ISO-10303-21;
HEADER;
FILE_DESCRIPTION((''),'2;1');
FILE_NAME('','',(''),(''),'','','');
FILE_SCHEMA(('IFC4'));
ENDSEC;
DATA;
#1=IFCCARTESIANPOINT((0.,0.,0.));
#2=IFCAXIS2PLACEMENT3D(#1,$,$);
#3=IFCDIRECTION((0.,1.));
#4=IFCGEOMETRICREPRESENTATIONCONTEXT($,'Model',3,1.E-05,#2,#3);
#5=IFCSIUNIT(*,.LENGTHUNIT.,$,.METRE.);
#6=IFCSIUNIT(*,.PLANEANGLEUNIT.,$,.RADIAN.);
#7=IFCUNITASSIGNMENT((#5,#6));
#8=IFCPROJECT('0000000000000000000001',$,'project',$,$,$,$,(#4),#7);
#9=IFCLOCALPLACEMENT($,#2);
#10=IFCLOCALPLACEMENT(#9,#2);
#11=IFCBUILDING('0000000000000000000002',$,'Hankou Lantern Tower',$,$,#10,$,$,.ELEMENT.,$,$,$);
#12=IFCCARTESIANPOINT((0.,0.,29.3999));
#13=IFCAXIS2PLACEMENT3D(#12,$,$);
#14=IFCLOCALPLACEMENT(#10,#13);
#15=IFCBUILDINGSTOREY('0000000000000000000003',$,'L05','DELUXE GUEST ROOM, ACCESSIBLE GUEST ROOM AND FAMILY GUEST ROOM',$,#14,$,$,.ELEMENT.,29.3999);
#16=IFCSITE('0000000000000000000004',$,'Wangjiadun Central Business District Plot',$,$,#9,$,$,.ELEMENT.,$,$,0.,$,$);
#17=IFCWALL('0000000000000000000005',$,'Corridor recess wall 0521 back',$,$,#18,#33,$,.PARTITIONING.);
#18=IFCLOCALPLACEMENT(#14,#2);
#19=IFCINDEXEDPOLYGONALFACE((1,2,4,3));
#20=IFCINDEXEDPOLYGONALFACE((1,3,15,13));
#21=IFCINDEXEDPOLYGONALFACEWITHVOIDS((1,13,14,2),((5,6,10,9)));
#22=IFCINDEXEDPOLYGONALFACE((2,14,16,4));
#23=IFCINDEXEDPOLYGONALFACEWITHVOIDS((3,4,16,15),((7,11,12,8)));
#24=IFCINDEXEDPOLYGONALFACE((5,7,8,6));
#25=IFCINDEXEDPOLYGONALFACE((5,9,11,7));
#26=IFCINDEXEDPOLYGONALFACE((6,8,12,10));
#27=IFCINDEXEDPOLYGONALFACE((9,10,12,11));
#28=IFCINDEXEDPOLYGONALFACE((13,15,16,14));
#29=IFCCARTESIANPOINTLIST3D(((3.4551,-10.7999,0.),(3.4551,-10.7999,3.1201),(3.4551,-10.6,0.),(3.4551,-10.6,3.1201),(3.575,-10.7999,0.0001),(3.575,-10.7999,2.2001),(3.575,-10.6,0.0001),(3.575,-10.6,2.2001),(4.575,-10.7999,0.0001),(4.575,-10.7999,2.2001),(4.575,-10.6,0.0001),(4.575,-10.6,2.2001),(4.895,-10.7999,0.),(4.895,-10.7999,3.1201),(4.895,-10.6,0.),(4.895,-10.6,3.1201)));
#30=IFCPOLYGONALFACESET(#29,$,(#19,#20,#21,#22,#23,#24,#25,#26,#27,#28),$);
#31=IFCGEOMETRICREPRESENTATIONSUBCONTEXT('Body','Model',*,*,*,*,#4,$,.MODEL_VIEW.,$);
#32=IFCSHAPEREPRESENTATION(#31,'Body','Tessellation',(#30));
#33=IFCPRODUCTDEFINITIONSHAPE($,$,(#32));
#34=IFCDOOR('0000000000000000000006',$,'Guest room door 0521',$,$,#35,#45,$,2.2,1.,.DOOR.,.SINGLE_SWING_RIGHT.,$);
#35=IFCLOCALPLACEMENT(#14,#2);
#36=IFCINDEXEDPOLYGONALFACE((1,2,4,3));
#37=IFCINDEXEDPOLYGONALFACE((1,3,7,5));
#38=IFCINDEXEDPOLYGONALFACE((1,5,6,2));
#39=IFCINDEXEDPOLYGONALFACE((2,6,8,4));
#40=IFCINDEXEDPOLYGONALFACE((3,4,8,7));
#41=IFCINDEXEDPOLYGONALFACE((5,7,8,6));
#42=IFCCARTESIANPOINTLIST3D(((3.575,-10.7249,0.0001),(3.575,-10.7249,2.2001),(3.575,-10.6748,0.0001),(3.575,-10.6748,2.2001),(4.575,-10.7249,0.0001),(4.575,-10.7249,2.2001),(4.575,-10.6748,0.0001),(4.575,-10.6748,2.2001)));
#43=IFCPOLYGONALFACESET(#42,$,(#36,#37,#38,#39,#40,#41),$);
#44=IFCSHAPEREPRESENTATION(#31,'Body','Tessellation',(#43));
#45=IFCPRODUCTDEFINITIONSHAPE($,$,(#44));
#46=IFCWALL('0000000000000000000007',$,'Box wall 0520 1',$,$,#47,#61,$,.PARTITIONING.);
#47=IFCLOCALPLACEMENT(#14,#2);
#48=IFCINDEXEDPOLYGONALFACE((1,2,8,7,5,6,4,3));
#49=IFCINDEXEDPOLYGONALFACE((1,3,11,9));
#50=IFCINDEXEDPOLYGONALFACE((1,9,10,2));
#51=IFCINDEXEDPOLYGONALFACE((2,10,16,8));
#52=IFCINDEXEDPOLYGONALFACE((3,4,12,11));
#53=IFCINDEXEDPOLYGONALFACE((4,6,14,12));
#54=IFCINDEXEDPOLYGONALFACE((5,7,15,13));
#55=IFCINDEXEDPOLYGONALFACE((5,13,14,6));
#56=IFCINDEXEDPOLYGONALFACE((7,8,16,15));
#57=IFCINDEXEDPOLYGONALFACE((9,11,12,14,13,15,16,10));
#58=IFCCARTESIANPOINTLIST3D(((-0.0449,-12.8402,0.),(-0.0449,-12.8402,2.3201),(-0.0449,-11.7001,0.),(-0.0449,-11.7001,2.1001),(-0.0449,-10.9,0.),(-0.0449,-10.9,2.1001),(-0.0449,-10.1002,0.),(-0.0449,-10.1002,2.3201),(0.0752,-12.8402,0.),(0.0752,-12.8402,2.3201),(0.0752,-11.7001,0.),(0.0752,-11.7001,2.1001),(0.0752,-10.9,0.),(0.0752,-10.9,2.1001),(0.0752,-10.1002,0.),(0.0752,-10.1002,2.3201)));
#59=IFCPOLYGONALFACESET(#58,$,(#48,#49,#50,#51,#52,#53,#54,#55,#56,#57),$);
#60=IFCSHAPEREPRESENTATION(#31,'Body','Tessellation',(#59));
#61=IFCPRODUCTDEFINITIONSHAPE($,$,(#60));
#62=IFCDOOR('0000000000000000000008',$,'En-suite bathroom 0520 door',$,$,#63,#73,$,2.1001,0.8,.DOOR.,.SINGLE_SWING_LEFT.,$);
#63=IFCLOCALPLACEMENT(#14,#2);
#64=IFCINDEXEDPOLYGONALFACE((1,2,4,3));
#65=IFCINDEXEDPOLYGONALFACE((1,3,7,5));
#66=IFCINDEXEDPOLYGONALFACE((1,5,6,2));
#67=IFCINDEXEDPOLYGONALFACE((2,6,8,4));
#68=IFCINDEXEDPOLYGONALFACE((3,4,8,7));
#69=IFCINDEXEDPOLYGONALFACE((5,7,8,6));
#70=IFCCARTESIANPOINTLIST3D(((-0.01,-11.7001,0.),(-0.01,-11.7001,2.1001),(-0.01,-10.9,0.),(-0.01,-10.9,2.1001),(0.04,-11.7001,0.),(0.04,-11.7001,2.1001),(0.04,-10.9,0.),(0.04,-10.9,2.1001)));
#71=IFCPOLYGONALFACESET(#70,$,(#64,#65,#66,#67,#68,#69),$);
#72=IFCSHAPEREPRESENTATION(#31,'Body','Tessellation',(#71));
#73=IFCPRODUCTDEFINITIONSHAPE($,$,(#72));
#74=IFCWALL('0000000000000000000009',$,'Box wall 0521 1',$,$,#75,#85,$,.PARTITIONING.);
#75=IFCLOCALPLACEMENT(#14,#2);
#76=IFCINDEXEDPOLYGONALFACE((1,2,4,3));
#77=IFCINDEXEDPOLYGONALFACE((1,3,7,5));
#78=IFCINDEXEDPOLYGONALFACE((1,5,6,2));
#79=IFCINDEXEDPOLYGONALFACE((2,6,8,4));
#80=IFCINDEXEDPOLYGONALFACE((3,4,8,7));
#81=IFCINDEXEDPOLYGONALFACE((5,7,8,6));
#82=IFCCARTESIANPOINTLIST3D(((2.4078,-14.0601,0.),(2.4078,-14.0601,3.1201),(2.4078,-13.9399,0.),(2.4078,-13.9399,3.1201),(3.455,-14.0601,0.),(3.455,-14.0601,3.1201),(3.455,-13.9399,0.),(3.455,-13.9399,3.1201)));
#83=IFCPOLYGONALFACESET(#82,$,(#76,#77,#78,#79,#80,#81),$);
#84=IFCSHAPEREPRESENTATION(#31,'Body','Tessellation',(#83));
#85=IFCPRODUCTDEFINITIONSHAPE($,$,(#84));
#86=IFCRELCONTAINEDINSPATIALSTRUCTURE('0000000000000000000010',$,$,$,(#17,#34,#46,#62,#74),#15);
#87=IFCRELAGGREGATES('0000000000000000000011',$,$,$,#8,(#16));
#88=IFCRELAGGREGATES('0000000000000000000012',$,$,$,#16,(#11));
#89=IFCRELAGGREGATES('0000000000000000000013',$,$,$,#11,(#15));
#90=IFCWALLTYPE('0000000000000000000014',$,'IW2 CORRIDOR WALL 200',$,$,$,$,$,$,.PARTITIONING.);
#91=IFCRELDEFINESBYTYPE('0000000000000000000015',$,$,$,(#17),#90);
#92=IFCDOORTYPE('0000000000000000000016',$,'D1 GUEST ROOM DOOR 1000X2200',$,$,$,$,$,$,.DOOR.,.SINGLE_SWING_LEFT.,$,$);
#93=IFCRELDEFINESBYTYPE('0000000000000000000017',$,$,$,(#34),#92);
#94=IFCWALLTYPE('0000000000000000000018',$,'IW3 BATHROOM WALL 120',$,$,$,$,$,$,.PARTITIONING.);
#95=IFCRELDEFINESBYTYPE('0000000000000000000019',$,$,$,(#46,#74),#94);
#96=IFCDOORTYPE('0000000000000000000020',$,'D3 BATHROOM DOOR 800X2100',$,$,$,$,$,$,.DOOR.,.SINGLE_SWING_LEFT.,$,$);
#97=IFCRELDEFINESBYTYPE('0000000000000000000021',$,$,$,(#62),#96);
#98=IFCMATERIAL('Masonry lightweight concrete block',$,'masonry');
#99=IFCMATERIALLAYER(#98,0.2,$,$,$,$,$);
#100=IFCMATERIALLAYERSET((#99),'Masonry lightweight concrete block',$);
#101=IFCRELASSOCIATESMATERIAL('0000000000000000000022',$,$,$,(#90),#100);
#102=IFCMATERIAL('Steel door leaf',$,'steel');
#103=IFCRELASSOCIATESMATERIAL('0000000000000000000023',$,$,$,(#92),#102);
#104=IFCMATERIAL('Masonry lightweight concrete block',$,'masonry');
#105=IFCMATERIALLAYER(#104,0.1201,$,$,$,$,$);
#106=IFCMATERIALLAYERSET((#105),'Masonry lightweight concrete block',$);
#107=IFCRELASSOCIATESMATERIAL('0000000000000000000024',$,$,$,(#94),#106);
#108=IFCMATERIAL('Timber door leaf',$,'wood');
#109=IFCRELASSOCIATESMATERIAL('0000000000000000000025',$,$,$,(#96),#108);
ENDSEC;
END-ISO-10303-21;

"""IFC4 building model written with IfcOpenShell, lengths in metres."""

from ifc_helpers import new_model, si_unit, direction, frame, frame_2d, origin, place, context, subcontext, project, spatial, rectangle, extrude, material, layer, layer_set, type_object, element, fill, save


model = new_model("IFC4")

# Units and contexts
model_context = context("Model", 3, precision=1e-05, world=origin(), true_north=direction((0.0, 1.0)))
body_context = subcontext(model_context, "Body", "Model", "MODEL_VIEW")
ifc_project = project(units=[si_unit("LENGTHUNIT", "METRE"), si_unit("PLANEANGLEUNIT", "RADIAN")], contexts=[model_context])

# Site, building, storey
site_placement = place(None, origin())
site = spatial("IfcSite", under=ifc_project, at=site_placement, Name="Wangjiadun Central Business District Plot", CompositionType="ELEMENT", RefElevation=0.0)
building_placement = place(site_placement, origin())
building = spatial("IfcBuilding", under=site, at=building_placement, Name="Hankou Lantern Tower", CompositionType="ELEMENT")
storey_placement = place(building_placement, frame((0.0, 0.0, 29.3999)))
storey = spatial("IfcBuildingStorey", under=building, at=storey_placement, Name="L05", Description="DELUXE GUEST ROOM, ACCESSIBLE GUEST ROOM AND FAMILY GUEST ROOM", CompositionType="ELEMENT", Elevation=29.3999)

# Walls, openings, doors
ifc_material_1 = material(Name="Masonry lightweight concrete block", Category="masonry")
ifc_layer_1 = layer(ifc_material_1, 0.2)
ifc_layer_set_1 = layer_set([ifc_layer_1], Name="Masonry lightweight concrete block")
wall_type_1 = type_object("IfcWallType", Name="IW2 CORRIDOR WALL 200", PredefinedType="PARTITIONING", material=ifc_layer_set_1)
ifc_material_2 = material(Name="Steel door leaf", Category="steel")
door_type_1 = type_object("IfcDoorType", Name="D1 GUEST ROOM DOOR 1000X2200", OperationType="SINGLE_SWING_LEFT", PredefinedType="DOOR", material=ifc_material_2)
wall_1_placement = place(storey_placement, frame((4.895, -10.7, 0.0), z_axis=(0.0, 0.0, 1.0), x_axis=(-1.0, 0.0, 0.0)))
wall_1 = element("IfcWall", 1, at=wall_1_placement, inside=storey, type_object=wall_type_1, Name="Corridor recess wall 0521 back", PredefinedType="PARTITIONING", context=body_context, shape_type="SweptSolid", body=[
    extrude(rectangle(XDim=1.4399, YDim=0.2, at=frame_2d((0.72, 0.0))), origin(), (0.0, 0.0, 1.0), 3.1201),
])
opening_1_placement = place(wall_1_placement, frame((0.3201, 0.0, 0.0)))
opening_1 = element("IfcOpeningElement", 2, at=opening_1_placement, cuts=wall_1, PredefinedType="OPENING", context=body_context, shape_type="SweptSolid", body=[
    extrude(rectangle(XDim=1.0, YDim=2.2, at=frame_2d((0.5, 1.1001))), frame((0.0, 0.1099, 0.0), z_axis=(0.0, -1.0, 0.0), x_axis=(1.0, 0.0, 0.0)), (0.0, 0.0, 1.0), 0.22),
])
door_1_placement = place(opening_1_placement, origin())
door_1 = element("IfcDoor", 3, at=door_1_placement, inside=storey, type_object=door_type_1, Name="Guest room door 0521", OperationType="SINGLE_SWING_RIGHT", OverallHeight=2.2, OverallWidth=1.0, PredefinedType="DOOR", context=body_context, shape_type="SweptSolid", body=[
    extrude(rectangle(XDim=1.0, YDim=2.2, at=frame_2d((0.5, 1.1001))), frame((0.0, 0.0249, 0.0), z_axis=(0.0, -1.0, 0.0), x_axis=(1.0, 0.0, 0.0)), (0.0, 0.0, 1.0), 0.05),
])
fill(opening_1, door_1)
ifc_material_3 = material(Name="Masonry lightweight concrete block", Category="masonry")
ifc_layer_2 = layer(ifc_material_3, 0.1201)
ifc_layer_set_2 = layer_set([ifc_layer_2], Name="Masonry lightweight concrete block")
wall_type_2 = type_object("IfcWallType", Name="IW3 BATHROOM WALL 120", PredefinedType="PARTITIONING", material=ifc_layer_set_2)
wall_2_placement = place(storey_placement, frame((0.0151, -10.1001, 0.0), z_axis=(0.0, 0.0, 1.0), x_axis=(0.0, -1.0, 0.0)))
wall_2 = element("IfcWall", 4, at=wall_2_placement, inside=storey, type_object=wall_type_2, Name="Box wall 0520 1", PredefinedType="PARTITIONING", context=body_context, shape_type="SweptSolid", body=[
    extrude(rectangle(XDim=2.74, YDim=0.1201, at=frame_2d((1.3701, 0.0))), origin(), (0.0, 0.0, 1.0), 2.3201),
])
opening_2_placement = place(wall_2_placement, frame((0.8, 0.0, 0.0)))
opening_2 = element("IfcOpeningElement", 5, at=opening_2_placement, cuts=wall_2, PredefinedType="OPENING", context=body_context, shape_type="SweptSolid", body=[
    extrude(rectangle(XDim=0.8, YDim=2.1001, at=frame_2d((0.3999, 1.05))), frame((0.0, 0.0701, 0.0), z_axis=(0.0, -1.0, 0.0), x_axis=(1.0, 0.0, 0.0)), (0.0, 0.0, 1.0), 0.1401),
])
ifc_material_4 = material(Name="Timber door leaf", Category="wood")
door_type_2 = type_object("IfcDoorType", Name="D3 BATHROOM DOOR 800X2100", OperationType="SINGLE_SWING_LEFT", PredefinedType="DOOR", material=ifc_material_4)
door_2_placement = place(opening_2_placement, origin())
door_2 = element("IfcDoor", 6, at=door_2_placement, inside=storey, type_object=door_type_2, Name="En-suite bathroom 0520 door", OperationType="SINGLE_SWING_LEFT", OverallHeight=2.1001, OverallWidth=0.8, PredefinedType="DOOR", context=body_context, shape_type="SweptSolid", body=[
    extrude(rectangle(XDim=0.8, YDim=2.1001, at=frame_2d((0.3999, 1.05))), frame((0.0, 0.0249, 0.0), z_axis=(0.0, -1.0, 0.0), x_axis=(1.0, 0.0, 0.0)), (0.0, 0.0, 1.0), 0.05),
])
fill(opening_2, door_2)

# Wall
wall_3_placement = place(storey_placement, frame((2.408, -14.0, 0.0), z_axis=(0.0, 0.0, 1.0), x_axis=(1.0, 0.0, 0.0)))
element("IfcWall", 7, at=wall_3_placement, inside=storey, type_object=wall_type_2, Name="Box wall 0521 1", PredefinedType="PARTITIONING", context=body_context, shape_type="SweptSolid", body=[
    extrude(rectangle(XDim=1.0471, YDim=0.1201, at=frame_2d((0.5234, 0.0))), origin(), (0.0, 0.0, 1.0), 3.1201),
])

save(model, "model.ifc")
